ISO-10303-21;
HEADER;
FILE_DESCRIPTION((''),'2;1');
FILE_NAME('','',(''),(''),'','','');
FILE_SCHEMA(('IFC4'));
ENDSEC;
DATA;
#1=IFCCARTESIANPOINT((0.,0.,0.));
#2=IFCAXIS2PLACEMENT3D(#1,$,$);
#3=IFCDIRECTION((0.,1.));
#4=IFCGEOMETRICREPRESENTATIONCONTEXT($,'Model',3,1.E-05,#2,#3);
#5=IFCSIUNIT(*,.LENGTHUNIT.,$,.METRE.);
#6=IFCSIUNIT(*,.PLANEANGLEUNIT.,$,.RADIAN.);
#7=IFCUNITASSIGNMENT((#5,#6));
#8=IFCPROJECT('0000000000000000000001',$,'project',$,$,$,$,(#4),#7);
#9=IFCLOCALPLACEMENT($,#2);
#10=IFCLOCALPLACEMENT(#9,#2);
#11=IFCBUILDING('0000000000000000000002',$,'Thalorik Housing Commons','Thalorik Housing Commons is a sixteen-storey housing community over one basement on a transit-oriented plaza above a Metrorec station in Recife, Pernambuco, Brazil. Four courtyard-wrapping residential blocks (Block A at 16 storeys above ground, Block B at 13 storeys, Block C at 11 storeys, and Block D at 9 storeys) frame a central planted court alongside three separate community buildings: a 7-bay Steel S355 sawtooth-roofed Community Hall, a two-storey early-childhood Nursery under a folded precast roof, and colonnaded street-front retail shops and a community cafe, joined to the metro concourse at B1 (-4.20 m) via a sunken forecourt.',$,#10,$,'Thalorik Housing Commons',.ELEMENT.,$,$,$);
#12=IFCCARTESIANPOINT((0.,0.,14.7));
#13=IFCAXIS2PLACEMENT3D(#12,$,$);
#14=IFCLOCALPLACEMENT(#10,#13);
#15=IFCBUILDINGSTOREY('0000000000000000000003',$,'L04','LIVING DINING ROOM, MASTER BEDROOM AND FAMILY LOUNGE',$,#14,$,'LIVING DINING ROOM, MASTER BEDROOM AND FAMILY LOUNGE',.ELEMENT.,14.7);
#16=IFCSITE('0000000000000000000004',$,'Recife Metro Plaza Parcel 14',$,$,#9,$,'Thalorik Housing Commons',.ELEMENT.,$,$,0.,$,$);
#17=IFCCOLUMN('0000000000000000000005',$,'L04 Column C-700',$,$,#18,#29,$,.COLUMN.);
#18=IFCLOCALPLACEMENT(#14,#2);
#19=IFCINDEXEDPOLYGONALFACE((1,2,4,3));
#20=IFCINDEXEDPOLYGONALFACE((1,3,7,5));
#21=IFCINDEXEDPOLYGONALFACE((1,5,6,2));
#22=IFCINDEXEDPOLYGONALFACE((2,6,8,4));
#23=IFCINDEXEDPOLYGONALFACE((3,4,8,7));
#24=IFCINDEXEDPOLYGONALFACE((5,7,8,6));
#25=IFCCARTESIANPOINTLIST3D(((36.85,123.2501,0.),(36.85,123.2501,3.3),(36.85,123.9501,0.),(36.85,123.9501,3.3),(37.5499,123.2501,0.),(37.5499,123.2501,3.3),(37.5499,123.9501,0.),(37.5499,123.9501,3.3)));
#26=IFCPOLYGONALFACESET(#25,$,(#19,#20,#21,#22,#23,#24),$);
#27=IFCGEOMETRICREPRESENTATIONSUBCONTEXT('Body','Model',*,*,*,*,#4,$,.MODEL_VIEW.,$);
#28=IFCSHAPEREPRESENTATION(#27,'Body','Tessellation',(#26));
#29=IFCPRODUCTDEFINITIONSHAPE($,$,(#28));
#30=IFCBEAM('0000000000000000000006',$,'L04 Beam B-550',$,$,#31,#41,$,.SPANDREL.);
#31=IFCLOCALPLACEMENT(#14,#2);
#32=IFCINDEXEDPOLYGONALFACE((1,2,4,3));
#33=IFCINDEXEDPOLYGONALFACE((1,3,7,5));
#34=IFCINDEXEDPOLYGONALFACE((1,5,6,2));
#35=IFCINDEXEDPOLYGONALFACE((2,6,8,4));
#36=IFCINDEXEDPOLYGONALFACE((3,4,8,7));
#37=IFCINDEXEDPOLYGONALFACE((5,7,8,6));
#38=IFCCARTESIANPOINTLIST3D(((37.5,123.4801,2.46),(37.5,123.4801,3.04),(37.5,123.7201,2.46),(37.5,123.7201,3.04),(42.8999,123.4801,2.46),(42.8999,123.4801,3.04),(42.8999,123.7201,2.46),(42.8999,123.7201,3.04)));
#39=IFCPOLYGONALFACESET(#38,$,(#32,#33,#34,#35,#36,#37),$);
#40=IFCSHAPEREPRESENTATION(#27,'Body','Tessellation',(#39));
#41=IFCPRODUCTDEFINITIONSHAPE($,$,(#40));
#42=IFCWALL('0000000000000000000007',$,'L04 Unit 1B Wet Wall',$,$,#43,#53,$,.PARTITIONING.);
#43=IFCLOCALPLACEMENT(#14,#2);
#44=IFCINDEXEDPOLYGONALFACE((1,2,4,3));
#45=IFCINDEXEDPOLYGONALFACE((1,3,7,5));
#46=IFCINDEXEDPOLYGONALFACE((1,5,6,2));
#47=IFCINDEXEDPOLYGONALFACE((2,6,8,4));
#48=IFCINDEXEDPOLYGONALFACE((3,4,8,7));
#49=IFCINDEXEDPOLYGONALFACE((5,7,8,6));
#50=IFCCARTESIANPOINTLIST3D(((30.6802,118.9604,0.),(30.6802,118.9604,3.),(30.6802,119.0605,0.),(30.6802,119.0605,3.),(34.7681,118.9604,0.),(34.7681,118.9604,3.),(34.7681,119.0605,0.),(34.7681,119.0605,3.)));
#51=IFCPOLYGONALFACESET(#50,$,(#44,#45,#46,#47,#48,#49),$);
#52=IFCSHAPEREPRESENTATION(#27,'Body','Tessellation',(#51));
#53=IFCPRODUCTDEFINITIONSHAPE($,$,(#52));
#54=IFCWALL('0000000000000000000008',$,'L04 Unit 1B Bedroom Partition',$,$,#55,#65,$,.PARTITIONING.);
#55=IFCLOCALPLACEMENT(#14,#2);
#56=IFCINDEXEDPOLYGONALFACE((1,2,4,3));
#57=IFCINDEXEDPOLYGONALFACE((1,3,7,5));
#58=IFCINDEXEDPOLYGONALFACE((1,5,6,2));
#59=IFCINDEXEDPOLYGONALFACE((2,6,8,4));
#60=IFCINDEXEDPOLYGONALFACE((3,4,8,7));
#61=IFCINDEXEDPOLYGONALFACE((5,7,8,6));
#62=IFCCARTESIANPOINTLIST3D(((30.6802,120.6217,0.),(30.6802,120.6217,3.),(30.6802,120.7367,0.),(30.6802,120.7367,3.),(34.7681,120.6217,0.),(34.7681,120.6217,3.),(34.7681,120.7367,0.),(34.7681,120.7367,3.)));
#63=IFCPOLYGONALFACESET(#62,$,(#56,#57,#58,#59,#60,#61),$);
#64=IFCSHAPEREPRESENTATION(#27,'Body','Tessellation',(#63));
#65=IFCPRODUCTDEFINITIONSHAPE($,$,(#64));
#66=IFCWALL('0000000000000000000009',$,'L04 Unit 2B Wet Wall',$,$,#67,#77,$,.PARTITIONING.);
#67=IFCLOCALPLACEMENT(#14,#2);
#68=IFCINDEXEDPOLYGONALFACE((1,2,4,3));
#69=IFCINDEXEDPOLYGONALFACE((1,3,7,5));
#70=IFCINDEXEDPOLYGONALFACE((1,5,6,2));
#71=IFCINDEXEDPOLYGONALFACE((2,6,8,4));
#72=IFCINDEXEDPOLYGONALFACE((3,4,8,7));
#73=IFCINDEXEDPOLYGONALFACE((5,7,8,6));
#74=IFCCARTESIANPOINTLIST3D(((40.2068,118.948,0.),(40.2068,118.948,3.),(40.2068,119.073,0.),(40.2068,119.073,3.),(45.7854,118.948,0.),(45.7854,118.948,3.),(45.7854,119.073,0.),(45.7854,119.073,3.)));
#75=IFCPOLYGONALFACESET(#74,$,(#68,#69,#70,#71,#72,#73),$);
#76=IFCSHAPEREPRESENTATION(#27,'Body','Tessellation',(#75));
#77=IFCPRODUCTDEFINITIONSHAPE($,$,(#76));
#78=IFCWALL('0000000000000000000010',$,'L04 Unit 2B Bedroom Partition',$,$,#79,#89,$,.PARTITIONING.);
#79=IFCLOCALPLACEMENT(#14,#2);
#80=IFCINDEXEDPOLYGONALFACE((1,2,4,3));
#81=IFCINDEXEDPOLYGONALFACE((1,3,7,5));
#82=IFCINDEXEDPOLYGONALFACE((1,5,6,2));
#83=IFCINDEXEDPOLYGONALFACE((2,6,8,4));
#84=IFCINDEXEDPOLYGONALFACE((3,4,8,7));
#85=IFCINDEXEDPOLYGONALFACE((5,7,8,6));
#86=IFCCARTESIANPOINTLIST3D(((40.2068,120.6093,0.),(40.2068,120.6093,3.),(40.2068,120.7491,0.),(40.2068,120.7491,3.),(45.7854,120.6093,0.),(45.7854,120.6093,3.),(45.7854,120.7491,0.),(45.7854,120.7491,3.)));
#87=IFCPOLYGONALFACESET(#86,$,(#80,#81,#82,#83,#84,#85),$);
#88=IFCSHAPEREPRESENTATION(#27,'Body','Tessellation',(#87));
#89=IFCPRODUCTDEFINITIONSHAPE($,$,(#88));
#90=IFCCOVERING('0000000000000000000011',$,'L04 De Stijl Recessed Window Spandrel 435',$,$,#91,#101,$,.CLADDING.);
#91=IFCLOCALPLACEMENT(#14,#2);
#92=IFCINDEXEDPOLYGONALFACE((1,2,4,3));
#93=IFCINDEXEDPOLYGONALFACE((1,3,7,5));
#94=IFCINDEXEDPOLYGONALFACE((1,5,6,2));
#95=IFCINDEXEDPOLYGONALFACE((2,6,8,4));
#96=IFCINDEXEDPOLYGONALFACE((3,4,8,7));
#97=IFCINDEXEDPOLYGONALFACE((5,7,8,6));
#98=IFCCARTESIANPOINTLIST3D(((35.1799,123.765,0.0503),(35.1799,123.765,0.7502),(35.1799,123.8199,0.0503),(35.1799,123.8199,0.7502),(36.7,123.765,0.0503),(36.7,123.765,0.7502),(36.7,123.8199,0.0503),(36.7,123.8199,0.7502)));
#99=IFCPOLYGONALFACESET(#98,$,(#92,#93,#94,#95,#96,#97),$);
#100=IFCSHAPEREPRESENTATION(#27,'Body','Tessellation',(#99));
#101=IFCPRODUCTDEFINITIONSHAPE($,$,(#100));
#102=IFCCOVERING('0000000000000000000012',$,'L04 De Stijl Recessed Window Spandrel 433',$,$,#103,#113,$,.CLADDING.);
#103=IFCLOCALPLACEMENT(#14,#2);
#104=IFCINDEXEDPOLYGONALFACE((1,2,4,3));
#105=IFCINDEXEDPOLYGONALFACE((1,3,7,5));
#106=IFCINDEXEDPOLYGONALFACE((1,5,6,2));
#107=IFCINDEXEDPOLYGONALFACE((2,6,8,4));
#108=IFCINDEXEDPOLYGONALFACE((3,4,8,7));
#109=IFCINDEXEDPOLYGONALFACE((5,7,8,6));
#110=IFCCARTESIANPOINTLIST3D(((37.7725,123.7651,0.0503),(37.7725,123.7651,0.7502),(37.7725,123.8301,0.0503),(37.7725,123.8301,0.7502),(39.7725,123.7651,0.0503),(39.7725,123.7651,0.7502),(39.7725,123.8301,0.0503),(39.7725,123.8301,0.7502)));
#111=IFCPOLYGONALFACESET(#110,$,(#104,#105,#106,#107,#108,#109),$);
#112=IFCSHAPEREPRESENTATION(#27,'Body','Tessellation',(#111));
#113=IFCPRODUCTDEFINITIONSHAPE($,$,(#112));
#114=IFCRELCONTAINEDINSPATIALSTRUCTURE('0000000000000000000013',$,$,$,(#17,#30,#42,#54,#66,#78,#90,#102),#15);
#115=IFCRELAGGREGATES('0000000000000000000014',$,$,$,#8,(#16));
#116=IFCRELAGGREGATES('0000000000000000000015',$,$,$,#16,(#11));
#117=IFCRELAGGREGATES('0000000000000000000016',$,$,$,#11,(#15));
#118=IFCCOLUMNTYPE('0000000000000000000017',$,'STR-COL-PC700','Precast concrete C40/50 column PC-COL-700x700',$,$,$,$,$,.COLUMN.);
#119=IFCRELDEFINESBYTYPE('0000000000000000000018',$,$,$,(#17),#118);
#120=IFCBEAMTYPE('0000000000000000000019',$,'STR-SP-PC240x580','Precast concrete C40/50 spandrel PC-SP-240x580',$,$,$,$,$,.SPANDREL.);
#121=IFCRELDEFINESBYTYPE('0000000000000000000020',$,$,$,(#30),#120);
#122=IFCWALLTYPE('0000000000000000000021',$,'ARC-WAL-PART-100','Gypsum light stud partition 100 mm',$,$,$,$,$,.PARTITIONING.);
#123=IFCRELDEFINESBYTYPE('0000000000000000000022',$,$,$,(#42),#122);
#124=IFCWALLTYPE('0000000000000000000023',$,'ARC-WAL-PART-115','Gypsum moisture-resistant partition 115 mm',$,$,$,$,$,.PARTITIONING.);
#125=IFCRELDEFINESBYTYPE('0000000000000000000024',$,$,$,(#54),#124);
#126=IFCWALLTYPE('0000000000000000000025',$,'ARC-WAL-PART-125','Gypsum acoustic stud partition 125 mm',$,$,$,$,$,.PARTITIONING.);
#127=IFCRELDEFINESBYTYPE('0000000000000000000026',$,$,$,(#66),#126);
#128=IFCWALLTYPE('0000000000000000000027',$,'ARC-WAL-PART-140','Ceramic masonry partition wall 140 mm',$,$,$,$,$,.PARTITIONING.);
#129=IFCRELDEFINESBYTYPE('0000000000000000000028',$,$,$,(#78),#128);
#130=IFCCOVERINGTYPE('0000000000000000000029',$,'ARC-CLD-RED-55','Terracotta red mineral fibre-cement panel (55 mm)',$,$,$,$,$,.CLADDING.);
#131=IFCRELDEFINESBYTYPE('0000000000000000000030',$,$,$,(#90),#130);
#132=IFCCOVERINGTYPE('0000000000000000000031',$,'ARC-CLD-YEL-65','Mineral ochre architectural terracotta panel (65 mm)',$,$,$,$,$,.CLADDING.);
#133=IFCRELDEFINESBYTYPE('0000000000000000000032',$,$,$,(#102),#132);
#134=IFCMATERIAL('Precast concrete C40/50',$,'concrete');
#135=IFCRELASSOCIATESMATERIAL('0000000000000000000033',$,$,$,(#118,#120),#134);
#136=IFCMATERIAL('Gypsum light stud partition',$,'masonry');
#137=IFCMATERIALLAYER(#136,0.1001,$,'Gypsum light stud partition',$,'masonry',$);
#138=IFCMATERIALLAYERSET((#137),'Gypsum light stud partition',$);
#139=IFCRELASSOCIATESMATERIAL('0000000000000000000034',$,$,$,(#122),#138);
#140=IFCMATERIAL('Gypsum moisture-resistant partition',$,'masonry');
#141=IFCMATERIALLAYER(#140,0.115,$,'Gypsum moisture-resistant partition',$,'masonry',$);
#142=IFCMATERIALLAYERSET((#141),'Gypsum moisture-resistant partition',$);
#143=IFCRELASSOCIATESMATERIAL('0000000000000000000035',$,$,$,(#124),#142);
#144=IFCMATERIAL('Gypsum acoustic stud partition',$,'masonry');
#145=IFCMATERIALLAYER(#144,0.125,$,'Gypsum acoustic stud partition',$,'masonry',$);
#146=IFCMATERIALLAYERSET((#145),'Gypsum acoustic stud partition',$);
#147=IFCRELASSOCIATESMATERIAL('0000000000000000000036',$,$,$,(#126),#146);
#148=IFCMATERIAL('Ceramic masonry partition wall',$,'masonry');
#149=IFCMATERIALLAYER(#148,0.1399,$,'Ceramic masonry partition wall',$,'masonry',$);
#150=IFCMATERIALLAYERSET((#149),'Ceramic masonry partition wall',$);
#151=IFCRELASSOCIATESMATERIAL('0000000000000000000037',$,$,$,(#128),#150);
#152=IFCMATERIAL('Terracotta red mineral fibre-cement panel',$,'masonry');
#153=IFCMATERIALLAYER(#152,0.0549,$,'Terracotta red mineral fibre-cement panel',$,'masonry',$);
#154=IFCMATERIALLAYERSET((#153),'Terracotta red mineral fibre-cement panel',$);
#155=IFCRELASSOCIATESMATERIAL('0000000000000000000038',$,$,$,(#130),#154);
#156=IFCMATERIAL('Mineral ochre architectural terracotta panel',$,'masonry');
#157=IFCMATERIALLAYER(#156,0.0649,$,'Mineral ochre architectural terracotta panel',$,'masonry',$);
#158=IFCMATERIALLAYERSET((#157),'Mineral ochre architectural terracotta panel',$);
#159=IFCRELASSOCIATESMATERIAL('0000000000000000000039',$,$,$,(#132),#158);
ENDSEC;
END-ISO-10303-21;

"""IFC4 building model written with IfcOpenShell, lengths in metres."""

from ifc_helpers import new_model, si_unit, direction, frame, frame_2d, origin, origin_2d, place, context, subcontext, project, spatial, rectangle, extrude, material, layer, layer_set, material_profile, profile_set, type_object, element, save


model = new_model("IFC4")

# Units and contexts
model_context = context("Model", 3, precision=1e-05, world=origin(), true_north=direction((0.0, 1.0)))
body_context = subcontext(model_context, "Body", "Model", "MODEL_VIEW")
ifc_project = project(units=[si_unit("LENGTHUNIT", "METRE"), si_unit("PLANEANGLEUNIT", "RADIAN")], contexts=[model_context])

# Site, building, storey
site_placement = place(None, origin())
site = spatial("IfcSite", under=ifc_project, at=site_placement, Name="Recife Metro Plaza Parcel 14", LongName="Thalorik Housing Commons", CompositionType="ELEMENT", RefElevation=0.0)
building_placement = place(site_placement, origin())
building = spatial("IfcBuilding", under=site, at=building_placement, Name="Thalorik Housing Commons", Description="Thalorik Housing Commons is a sixteen-storey housing community over one basement on a transit-oriented plaza above a Metrorec station in Recife, Pernambuco, Brazil. Four courtyard-wrapping residential blocks (Block A at 16 storeys above ground, Block B at 13 storeys, Block C at 11 storeys, and Block D at 9 storeys) frame a central planted court alongside three separate community buildings: a 7-bay Steel S355 sawtooth-roofed Community Hall, a two-storey early-childhood Nursery under a folded precast roof, and colonnaded street-front retail shops and a community cafe, joined to the metro concourse at B1 (-4.20 m) via a sunken forecourt.", LongName="Thalorik Housing Commons", CompositionType="ELEMENT")
storey_placement = place(building_placement, frame((0.0, 0.0, 14.7)))
storey = spatial("IfcBuildingStorey", under=building, at=storey_placement, Name="L04", Description="LIVING DINING ROOM, MASTER BEDROOM AND FAMILY LOUNGE", LongName="LIVING DINING ROOM, MASTER BEDROOM AND FAMILY LOUNGE", CompositionType="ELEMENT", Elevation=14.7)

# Column
ifc_material_1 = material(Name="Precast concrete C40/50", Category="concrete")
ifc_material_profile_1 = material_profile(ifc_material_1, rectangle(XDim=0.7, YDim=0.7, at=origin_2d()), Name="PC 700x700", Category="concrete")
ifc_profile_set_1 = profile_set([ifc_material_profile_1], Name="Precast concrete C40/50")
column_type = type_object("IfcColumnType", Name="STR-COL-PC700", Description="Precast concrete C40/50 column PC-COL-700x700", PredefinedType="COLUMN", material=ifc_profile_set_1)
column_placement = place(storey_placement, frame((37.2, 123.6001, 0.0), z_axis=(0.0, 0.0, 1.0), x_axis=(1.0, 0.0, 0.0)))
element("IfcColumn", 1, at=column_placement, inside=storey, type_object=column_type, Name="L04 Column C-700", PredefinedType="COLUMN", context=body_context, shape_type="SweptSolid", body=[
    extrude(rectangle(XDim=0.7, YDim=0.7, at=origin_2d()), origin(), (0.0, 0.0, 1.0), 3.3),
])

# Beam
ifc_material_profile_2 = material_profile(ifc_material_1, rectangle(XDim=0.24, YDim=0.5801, at=origin_2d()), Name="PC SP 240x580", Category="concrete")
ifc_profile_set_2 = profile_set([ifc_material_profile_2], Name="Precast concrete C40/50")
beam_type = type_object("IfcBeamType", Name="STR-SP-PC240x580", Description="Precast concrete C40/50 spandrel PC-SP-240x580", PredefinedType="SPANDREL", material=ifc_profile_set_2)
beam_placement = place(storey_placement, frame((37.5, 123.6001, 2.75), z_axis=(1.0, 0.0, 0.0), x_axis=(0.0, 1.0, 0.0)))
element("IfcBeam", 2, at=beam_placement, inside=storey, type_object=beam_type, Name="L04 Beam B-550", PredefinedType="SPANDREL", context=body_context, shape_type="SweptSolid", body=[
    extrude(rectangle(XDim=0.24, YDim=0.5801, at=origin_2d()), origin(), (0.0, 0.0, 1.0), 5.3999),
])

# Walls
ifc_material_2 = material(Name="Gypsum light stud partition", Category="masonry")
ifc_layer_1 = layer(ifc_material_2, 0.1001, Name="Gypsum light stud partition", Category="masonry")
ifc_layer_set_1 = layer_set([ifc_layer_1], Name="Gypsum light stud partition")
wall_type_1 = type_object("IfcWallType", Name="ARC-WAL-PART-100", Description="Gypsum light stud partition 100 mm", PredefinedType="PARTITIONING", material=ifc_layer_set_1)
wall_1_placement = place(storey_placement, frame((30.6802, 119.0105, 0.0), z_axis=(0.0, 0.0, 1.0), x_axis=(1.0, 0.0, 0.0)))
element("IfcWall", 3, at=wall_1_placement, inside=storey, type_object=wall_type_1, Name="L04 Unit 1B Wet Wall", PredefinedType="PARTITIONING", context=body_context, shape_type="SweptSolid", body=[
    extrude(rectangle(XDim=4.0879, YDim=0.1001, at=frame_2d((2.0439, 0.0))), origin(), (0.0, 0.0, 1.0), 3.0),
])
ifc_material_3 = material(Name="Gypsum moisture-resistant partition", Category="masonry")
ifc_layer_2 = layer(ifc_material_3, 0.115, Name="Gypsum moisture-resistant partition", Category="masonry")
ifc_layer_set_2 = layer_set([ifc_layer_2], Name="Gypsum moisture-resistant partition")
wall_type_2 = type_object("IfcWallType", Name="ARC-WAL-PART-115", Description="Gypsum moisture-resistant partition 115 mm", PredefinedType="PARTITIONING", material=ifc_layer_set_2)
wall_2_placement = place(storey_placement, frame((30.6802, 120.6792, 0.0), z_axis=(0.0, 0.0, 1.0), x_axis=(1.0, 0.0, 0.0)))
element("IfcWall", 4, at=wall_2_placement, inside=storey, type_object=wall_type_2, Name="L04 Unit 1B Bedroom Partition", PredefinedType="PARTITIONING", context=body_context, shape_type="SweptSolid", body=[
    extrude(rectangle(XDim=4.0879, YDim=0.115, at=frame_2d((2.0439, 0.0))), origin(), (0.0, 0.0, 1.0), 3.0),
])
ifc_material_4 = material(Name="Gypsum acoustic stud partition", Category="masonry")
ifc_layer_3 = layer(ifc_material_4, 0.125, Name="Gypsum acoustic stud partition", Category="masonry")
ifc_layer_set_3 = layer_set([ifc_layer_3], Name="Gypsum acoustic stud partition")
wall_type_3 = type_object("IfcWallType", Name="ARC-WAL-PART-125", Description="Gypsum acoustic stud partition 125 mm", PredefinedType="PARTITIONING", material=ifc_layer_set_3)
wall_3_placement = place(storey_placement, frame((40.2068, 119.0105, 0.0), z_axis=(0.0, 0.0, 1.0), x_axis=(1.0, 0.0, 0.0)))
element("IfcWall", 5, at=wall_3_placement, inside=storey, type_object=wall_type_3, Name="L04 Unit 2B Wet Wall", PredefinedType="PARTITIONING", context=body_context, shape_type="SweptSolid", body=[
    extrude(rectangle(XDim=5.5786, YDim=0.125, at=frame_2d((2.7893, 0.0))), origin(), (0.0, 0.0, 1.0), 3.0),
])
ifc_material_5 = material(Name="Ceramic masonry partition wall", Category="masonry")
ifc_layer_4 = layer(ifc_material_5, 0.1399, Name="Ceramic masonry partition wall", Category="masonry")
ifc_layer_set_4 = layer_set([ifc_layer_4], Name="Ceramic masonry partition wall")
wall_type_4 = type_object("IfcWallType", Name="ARC-WAL-PART-140", Description="Ceramic masonry partition wall 140 mm", PredefinedType="PARTITIONING", material=ifc_layer_set_4)
wall_4_placement = place(storey_placement, frame((40.2068, 120.6792, 0.0), z_axis=(0.0, 0.0, 1.0), x_axis=(1.0, 0.0, 0.0)))
element("IfcWall", 6, at=wall_4_placement, inside=storey, type_object=wall_type_4, Name="L04 Unit 2B Bedroom Partition", PredefinedType="PARTITIONING", context=body_context, shape_type="SweptSolid", body=[
    extrude(rectangle(XDim=5.5786, YDim=0.1399, at=frame_2d((2.7893, 0.0))), origin(), (0.0, 0.0, 1.0), 3.0),
])

# Coverings
ifc_material_6 = material(Name="Terracotta red mineral fibre-cement panel", Category="masonry")
ifc_layer_5 = layer(ifc_material_6, 0.0549, Name="Terracotta red mineral fibre-cement panel", Category="masonry")
ifc_layer_set_5 = layer_set([ifc_layer_5], Name="Terracotta red mineral fibre-cement panel")
covering_type_1 = type_object("IfcCoveringType", Name="ARC-CLD-RED-55", Description="Terracotta red mineral fibre-cement panel (55 mm)", PredefinedType="CLADDING", material=ifc_layer_set_5)
covering_1_placement = place(storey_placement, frame((35.9399, 123.7925, 0.0503), z_axis=(0.0, 0.0, 1.0), x_axis=(-1.0, 0.0, 0.0)))
element("IfcCovering", 7, at=covering_1_placement, inside=storey, type_object=covering_type_1, Name="L04 De Stijl Recessed Window Spandrel 435", PredefinedType="CLADDING", context=body_context, shape_type="SweptSolid", body=[
    extrude(rectangle(XDim=1.52, YDim=0.0549, at=origin_2d()), origin(), (0.0, 0.0, 1.0), 0.7),
])
ifc_material_7 = material(Name="Mineral ochre architectural terracotta panel", Category="masonry")
ifc_layer_6 = layer(ifc_material_7, 0.0649, Name="Mineral ochre architectural terracotta panel", Category="masonry")
ifc_layer_set_6 = layer_set([ifc_layer_6], Name="Mineral ochre architectural terracotta panel")
covering_type_2 = type_object("IfcCoveringType", Name="ARC-CLD-YEL-65", Description="Mineral ochre architectural terracotta panel (65 mm)", PredefinedType="CLADDING", material=ifc_layer_set_6)
covering_2_placement = place(storey_placement, frame((38.7725, 123.7976, 0.0503), z_axis=(0.0, 0.0, 1.0), x_axis=(-1.0, 0.0, 0.0)))
element("IfcCovering", 8, at=covering_2_placement, inside=storey, type_object=covering_type_2, Name="L04 De Stijl Recessed Window Spandrel 433", PredefinedType="CLADDING", context=body_context, shape_type="SweptSolid", body=[
    extrude(rectangle(XDim=2.0, YDim=0.0649, at=origin_2d()), origin(), (0.0, 0.0, 1.0), 0.7),
])

save(model, "model.ifc")
